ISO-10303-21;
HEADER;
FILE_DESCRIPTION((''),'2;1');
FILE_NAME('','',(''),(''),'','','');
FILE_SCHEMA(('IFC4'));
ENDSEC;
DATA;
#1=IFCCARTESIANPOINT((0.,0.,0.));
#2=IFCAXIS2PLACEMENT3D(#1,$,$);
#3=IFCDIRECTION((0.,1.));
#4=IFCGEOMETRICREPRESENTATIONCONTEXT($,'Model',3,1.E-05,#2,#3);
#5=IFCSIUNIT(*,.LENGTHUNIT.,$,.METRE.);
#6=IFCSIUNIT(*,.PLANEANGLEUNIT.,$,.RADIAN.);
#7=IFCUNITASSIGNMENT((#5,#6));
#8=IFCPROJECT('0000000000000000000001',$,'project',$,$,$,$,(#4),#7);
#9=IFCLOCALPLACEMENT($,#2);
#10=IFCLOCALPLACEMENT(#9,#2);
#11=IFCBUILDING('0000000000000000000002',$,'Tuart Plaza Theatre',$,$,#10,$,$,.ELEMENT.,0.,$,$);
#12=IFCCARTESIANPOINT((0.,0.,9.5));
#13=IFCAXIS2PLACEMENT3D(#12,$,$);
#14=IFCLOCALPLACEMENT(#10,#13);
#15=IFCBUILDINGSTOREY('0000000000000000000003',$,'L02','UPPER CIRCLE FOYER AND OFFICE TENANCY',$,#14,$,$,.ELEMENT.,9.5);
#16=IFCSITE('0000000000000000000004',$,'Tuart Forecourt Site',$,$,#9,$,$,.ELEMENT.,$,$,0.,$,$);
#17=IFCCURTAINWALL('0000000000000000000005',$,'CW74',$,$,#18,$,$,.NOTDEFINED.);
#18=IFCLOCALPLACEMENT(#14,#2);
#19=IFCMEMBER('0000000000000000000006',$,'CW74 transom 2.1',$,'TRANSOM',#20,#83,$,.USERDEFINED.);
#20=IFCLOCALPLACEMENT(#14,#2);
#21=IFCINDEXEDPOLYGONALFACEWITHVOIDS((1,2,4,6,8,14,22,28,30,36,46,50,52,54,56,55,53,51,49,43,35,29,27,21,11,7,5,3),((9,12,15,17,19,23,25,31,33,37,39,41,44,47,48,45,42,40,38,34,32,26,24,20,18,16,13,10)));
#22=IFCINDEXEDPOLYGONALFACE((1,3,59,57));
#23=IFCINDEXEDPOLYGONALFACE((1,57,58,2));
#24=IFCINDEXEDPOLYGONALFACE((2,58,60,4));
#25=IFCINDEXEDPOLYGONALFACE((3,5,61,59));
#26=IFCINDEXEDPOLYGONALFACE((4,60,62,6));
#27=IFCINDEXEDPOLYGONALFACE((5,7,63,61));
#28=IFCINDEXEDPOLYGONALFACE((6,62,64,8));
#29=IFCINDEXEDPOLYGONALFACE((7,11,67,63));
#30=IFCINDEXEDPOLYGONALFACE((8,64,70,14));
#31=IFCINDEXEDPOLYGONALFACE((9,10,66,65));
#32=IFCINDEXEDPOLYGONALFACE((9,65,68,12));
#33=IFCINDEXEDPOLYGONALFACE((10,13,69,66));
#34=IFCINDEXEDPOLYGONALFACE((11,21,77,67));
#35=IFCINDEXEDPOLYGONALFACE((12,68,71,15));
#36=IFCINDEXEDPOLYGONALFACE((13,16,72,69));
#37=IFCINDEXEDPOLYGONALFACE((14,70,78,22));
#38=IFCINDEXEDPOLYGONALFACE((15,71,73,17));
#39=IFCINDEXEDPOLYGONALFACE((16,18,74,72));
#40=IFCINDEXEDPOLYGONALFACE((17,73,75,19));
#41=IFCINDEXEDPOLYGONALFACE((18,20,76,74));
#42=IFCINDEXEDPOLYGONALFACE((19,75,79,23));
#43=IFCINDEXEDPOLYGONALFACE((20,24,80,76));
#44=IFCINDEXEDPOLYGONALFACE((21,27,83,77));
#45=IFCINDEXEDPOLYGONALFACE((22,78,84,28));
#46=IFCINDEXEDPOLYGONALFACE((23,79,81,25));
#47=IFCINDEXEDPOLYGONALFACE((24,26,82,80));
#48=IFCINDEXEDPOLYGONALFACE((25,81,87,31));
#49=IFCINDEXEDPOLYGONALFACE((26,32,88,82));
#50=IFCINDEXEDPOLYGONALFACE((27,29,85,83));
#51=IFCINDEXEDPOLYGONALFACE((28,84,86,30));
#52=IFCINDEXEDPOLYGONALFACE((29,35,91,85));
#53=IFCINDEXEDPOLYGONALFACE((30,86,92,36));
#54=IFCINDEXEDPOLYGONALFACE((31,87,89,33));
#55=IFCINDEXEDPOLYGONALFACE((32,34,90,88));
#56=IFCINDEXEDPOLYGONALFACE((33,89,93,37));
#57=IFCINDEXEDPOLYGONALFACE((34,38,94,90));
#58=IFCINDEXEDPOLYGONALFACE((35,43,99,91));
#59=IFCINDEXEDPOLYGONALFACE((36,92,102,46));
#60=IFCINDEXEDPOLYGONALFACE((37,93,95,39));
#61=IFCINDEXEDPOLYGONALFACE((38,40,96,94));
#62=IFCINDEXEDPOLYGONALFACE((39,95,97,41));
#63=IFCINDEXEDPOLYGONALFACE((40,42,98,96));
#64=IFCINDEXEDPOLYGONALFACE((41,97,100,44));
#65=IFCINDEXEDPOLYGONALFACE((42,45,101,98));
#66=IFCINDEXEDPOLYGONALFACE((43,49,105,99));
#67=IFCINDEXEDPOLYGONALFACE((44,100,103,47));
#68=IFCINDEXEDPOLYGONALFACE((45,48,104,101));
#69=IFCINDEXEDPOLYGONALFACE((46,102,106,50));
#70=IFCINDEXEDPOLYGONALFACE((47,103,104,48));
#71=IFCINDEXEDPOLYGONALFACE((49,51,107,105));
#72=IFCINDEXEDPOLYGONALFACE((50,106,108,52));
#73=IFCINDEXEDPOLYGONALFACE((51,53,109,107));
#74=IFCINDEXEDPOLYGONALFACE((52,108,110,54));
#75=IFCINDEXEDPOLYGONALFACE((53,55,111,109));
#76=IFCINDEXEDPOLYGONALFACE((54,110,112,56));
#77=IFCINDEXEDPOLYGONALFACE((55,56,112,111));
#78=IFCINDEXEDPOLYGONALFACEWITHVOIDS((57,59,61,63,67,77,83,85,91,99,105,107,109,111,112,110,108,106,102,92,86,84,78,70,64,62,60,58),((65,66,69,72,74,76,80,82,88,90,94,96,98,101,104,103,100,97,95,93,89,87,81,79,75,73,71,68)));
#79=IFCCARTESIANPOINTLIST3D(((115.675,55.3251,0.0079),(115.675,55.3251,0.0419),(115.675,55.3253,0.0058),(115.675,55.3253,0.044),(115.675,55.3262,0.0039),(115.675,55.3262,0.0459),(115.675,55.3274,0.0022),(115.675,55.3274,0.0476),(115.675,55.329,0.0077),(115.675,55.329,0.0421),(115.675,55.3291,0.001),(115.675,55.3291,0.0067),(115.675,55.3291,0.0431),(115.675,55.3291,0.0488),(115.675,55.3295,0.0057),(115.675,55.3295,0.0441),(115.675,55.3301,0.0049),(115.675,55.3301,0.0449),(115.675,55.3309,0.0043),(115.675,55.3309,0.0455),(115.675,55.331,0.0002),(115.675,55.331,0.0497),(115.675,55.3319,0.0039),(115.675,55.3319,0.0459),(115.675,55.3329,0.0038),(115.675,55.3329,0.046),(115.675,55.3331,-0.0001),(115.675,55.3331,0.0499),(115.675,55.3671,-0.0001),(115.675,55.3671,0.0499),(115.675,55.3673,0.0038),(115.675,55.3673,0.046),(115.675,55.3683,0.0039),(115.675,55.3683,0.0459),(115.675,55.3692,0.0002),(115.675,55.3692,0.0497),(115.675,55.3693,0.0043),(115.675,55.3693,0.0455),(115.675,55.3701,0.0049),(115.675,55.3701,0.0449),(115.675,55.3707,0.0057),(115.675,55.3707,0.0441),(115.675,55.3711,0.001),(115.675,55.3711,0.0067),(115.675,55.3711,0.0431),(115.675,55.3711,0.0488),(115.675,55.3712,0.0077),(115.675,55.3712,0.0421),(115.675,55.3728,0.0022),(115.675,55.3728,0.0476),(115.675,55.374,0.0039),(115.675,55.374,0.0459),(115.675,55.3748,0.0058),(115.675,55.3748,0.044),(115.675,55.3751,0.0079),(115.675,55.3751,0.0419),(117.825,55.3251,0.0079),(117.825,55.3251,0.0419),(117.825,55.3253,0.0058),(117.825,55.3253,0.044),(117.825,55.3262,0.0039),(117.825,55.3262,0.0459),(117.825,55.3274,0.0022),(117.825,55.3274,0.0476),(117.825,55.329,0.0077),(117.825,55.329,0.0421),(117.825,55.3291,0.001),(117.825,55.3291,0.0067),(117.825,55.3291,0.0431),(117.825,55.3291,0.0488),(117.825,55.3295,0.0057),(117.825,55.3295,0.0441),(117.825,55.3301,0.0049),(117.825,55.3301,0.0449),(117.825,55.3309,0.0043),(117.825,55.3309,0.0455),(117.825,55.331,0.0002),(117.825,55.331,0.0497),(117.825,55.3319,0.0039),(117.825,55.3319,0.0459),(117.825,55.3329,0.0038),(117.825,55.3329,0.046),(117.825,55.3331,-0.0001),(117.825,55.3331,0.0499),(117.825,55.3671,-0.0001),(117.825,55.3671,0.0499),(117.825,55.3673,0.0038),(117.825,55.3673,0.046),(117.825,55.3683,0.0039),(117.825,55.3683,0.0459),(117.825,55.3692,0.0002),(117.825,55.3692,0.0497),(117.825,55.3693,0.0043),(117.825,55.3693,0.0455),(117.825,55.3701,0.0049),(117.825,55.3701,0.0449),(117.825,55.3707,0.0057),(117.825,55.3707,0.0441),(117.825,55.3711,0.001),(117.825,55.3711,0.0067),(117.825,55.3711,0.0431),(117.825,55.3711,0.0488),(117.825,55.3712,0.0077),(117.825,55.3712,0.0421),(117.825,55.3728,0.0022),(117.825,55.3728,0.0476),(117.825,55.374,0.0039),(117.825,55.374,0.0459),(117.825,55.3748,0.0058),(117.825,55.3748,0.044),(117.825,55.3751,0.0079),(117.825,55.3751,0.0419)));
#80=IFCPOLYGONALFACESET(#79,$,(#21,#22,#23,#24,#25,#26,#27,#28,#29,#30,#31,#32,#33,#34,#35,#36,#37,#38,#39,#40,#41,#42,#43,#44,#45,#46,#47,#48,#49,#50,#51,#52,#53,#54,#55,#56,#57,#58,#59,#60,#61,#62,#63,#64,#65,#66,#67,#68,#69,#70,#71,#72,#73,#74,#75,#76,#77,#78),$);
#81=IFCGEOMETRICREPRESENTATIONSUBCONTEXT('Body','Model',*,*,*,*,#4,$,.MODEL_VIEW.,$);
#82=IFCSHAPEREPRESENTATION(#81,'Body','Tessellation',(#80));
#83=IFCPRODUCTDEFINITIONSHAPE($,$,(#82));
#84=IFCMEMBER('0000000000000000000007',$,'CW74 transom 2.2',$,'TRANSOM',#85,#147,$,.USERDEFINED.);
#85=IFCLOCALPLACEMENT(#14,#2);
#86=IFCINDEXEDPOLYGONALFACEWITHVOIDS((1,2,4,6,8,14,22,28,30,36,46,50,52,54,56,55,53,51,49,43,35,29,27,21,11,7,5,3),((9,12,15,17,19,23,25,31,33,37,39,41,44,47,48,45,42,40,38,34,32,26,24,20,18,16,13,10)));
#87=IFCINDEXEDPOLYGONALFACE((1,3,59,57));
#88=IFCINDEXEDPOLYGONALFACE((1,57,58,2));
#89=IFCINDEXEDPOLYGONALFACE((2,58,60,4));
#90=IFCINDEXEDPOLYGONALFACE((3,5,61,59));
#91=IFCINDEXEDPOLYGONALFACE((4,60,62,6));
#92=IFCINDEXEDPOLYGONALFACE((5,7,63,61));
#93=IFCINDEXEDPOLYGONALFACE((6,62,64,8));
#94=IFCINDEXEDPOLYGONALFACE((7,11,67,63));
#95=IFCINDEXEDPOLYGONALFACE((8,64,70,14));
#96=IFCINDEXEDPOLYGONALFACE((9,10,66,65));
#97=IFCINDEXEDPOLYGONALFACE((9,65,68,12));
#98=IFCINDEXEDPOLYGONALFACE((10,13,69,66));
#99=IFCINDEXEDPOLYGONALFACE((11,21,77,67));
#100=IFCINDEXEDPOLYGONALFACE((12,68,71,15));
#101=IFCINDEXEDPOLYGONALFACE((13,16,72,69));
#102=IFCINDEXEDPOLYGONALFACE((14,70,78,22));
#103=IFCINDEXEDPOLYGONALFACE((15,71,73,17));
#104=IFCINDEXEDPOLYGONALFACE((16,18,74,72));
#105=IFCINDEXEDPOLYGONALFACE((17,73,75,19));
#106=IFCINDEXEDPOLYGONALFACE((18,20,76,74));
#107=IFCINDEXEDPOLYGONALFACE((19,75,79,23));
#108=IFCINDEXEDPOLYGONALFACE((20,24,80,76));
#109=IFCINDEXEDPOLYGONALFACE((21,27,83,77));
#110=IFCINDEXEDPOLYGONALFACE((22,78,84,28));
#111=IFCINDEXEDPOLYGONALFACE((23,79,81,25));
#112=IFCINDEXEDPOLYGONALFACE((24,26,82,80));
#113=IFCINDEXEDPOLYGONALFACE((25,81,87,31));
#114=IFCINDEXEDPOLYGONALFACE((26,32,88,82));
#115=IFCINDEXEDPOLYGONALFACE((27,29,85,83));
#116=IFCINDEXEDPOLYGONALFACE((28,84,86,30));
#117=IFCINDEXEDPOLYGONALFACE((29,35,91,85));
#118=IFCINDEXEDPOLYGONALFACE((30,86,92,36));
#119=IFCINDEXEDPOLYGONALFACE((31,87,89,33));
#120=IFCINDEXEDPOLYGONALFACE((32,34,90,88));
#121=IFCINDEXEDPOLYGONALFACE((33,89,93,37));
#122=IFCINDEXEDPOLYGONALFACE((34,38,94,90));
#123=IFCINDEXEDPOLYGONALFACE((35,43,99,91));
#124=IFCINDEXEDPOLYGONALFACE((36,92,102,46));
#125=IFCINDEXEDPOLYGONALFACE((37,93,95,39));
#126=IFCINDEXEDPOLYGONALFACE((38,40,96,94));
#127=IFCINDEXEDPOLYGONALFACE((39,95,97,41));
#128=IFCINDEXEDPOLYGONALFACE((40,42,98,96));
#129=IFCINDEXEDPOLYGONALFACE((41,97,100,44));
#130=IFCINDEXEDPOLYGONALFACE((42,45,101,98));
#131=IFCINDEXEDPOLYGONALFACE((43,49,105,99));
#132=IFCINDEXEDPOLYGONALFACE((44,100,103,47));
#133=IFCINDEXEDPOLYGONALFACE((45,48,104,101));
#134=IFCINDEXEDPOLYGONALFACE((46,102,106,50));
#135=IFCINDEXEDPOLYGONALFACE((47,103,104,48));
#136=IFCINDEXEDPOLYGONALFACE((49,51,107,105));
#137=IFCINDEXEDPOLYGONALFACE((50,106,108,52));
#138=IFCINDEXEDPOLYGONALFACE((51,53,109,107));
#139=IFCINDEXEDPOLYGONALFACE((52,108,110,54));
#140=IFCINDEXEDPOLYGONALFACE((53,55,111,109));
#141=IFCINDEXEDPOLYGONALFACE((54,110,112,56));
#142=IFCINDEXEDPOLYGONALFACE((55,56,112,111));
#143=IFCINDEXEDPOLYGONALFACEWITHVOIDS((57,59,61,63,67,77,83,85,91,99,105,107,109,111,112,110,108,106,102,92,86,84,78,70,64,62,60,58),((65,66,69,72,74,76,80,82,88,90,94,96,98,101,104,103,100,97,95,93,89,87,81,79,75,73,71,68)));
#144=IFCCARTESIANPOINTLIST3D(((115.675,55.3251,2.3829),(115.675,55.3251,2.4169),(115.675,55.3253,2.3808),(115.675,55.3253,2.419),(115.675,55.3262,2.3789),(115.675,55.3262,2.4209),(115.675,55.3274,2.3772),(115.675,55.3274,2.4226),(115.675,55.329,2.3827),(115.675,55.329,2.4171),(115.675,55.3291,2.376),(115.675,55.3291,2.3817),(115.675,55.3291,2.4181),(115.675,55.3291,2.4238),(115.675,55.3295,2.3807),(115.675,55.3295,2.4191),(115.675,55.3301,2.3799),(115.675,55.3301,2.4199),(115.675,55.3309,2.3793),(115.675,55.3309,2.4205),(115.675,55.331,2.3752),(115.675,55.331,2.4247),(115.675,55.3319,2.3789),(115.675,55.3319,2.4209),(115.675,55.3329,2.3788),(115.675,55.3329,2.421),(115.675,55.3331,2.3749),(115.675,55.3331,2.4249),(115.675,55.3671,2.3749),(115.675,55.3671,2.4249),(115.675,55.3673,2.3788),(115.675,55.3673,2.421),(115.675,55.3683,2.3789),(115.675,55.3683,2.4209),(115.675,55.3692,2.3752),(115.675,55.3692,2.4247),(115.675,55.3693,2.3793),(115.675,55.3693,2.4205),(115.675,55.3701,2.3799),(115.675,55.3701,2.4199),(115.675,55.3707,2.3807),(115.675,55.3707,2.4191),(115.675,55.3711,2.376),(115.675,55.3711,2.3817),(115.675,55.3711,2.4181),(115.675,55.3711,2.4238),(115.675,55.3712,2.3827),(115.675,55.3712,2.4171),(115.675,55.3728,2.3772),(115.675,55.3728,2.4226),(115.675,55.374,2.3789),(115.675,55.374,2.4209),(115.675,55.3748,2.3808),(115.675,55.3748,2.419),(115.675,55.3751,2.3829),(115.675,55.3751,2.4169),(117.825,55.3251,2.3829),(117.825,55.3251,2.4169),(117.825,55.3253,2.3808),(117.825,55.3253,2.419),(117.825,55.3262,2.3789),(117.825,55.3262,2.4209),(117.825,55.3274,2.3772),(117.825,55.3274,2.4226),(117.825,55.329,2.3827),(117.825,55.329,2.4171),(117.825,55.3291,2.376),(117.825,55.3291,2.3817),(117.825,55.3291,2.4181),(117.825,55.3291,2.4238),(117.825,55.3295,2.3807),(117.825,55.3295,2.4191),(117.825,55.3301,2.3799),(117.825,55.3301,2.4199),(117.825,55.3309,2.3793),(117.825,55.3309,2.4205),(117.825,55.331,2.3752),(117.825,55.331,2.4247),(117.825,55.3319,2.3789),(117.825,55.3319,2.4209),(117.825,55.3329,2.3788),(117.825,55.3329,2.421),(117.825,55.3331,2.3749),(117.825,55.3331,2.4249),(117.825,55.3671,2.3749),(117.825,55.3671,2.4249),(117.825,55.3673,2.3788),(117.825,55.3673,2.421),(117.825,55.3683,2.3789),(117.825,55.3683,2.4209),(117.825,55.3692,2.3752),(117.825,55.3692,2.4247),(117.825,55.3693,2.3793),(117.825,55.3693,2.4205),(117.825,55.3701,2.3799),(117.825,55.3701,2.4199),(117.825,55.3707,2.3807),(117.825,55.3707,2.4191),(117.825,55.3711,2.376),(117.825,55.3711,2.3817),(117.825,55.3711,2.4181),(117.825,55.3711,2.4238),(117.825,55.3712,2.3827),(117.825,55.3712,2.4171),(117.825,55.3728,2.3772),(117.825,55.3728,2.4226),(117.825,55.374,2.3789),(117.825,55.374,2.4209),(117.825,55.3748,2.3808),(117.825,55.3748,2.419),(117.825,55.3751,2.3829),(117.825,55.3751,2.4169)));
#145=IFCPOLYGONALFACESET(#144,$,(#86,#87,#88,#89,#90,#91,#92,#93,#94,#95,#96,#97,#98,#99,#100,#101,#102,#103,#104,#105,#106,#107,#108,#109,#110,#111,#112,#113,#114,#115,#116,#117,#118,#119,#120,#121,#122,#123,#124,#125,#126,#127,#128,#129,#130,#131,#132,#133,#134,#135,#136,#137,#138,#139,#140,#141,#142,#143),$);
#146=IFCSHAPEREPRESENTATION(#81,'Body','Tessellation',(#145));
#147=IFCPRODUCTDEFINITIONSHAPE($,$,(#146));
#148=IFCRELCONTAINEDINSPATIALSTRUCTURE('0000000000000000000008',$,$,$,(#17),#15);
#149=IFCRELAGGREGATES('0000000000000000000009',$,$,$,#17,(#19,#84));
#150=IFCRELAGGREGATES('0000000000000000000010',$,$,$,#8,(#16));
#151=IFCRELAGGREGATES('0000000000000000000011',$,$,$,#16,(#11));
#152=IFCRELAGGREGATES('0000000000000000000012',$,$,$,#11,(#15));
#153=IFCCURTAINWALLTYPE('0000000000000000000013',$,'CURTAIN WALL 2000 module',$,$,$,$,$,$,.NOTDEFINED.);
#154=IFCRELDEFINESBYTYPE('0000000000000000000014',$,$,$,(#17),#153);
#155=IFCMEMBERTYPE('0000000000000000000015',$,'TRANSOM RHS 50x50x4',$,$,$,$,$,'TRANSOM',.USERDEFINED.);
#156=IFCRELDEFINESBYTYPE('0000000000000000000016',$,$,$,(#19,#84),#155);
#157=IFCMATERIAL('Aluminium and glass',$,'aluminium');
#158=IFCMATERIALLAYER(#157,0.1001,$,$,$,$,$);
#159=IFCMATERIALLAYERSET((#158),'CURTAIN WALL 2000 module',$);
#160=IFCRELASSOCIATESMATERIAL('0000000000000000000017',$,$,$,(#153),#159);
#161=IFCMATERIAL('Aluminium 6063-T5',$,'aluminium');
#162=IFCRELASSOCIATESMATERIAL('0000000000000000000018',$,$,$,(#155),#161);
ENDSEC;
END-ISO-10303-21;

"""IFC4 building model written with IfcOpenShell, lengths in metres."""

from ifc_helpers import new_model, si_unit, direction, frame, origin, origin_2d, place, context, subcontext, project, spatial, hollow_rectangle, extrude, material, layer, layer_set, material_profile, profile_set, type_object, element, aggregate, save


model = new_model("IFC4")

# Units and contexts
model_context = context("Model", 3, precision=1e-05, world=origin(), true_north=direction((0.0, 1.0)))
body_context = subcontext(model_context, "Body", "Model", "MODEL_VIEW")
ifc_project = project(units=[si_unit("LENGTHUNIT", "METRE"), si_unit("PLANEANGLEUNIT", "RADIAN")], contexts=[model_context])

# Site, building, storey
site_placement = place(None, origin())
site = spatial("IfcSite", under=ifc_project, at=site_placement, Name="Tuart Forecourt Site", CompositionType="ELEMENT", RefElevation=0.0)
building_placement = place(site_placement, origin())
building = spatial("IfcBuilding", under=site, at=building_placement, Name="Tuart Plaza Theatre", CompositionType="ELEMENT", ElevationOfRefHeight=0.0)
storey_placement = place(building_placement, frame((0.0, 0.0, 9.5)))
storey = spatial("IfcBuildingStorey", under=building, at=storey_placement, Name="L02", Description="UPPER CIRCLE FOYER AND OFFICE TENANCY", CompositionType="ELEMENT", Elevation=9.5)

# Curtain wall, members
ifc_material_1 = material(Name="Aluminium and glass", Category="aluminium")
ifc_layer_1 = layer(ifc_material_1, 0.1001)
ifc_layer_set_1 = layer_set([ifc_layer_1], Name="CURTAIN WALL 2000 module")
curtain_wall_type = type_object("IfcCurtainWallType", Name="CURTAIN WALL 2000 module", PredefinedType="NOTDEFINED", material=ifc_layer_set_1)
curtain_wall_placement = place(storey_placement, origin())
curtain_wall = element("IfcCurtainWall", 1, at=curtain_wall_placement, inside=storey, type_object=curtain_wall_type, Name="CW74", PredefinedType="NOTDEFINED")
ifc_material_2 = material(Name="Aluminium 6063-T5", Category="aluminium")
ifc_material_profile_1 = material_profile(ifc_material_2, hollow_rectangle(XDim=0.05, YDim=0.05, WallThickness=0.0039, InnerFilletRadius=0.0039, OuterFilletRadius=0.0081, at=origin_2d()), Name="RHS 50x50x4")
ifc_profile_set_1 = profile_set([ifc_material_profile_1], Name="Aluminium 6063-T5")
member_type_1 = type_object("IfcMemberType", Name="TRANSOM RHS 50x50x4", ElementType="TRANSOM", PredefinedType="USERDEFINED", material=ifc_profile_set_1)
member_1_placement = place(storey_placement, frame((115.675, 55.3501, 0.0249), z_axis=(1.0, 0.0, 0.0), x_axis=(0.0, 1.0, 0.0)))
member_1 = element("IfcMember", 2, at=member_1_placement, type_object=member_type_1, Name="CW74 transom 2.1", ObjectType="TRANSOM", PredefinedType="USERDEFINED", context=body_context, shape_type="SweptSolid", body=[
    extrude(hollow_rectangle(XDim=0.05, YDim=0.05, WallThickness=0.0039, InnerFilletRadius=0.0039, OuterFilletRadius=0.0081, at=origin_2d()), origin(), (0.0, 0.0, 1.0), 2.1499),
])
member_2_placement = place(storey_placement, frame((115.675, 55.3501, 2.3999), z_axis=(1.0, 0.0, 0.0), x_axis=(0.0, 1.0, 0.0)))
member_2 = element("IfcMember", 3, at=member_2_placement, type_object=member_type_1, Name="CW74 transom 2.2", ObjectType="TRANSOM", PredefinedType="USERDEFINED", context=body_context, shape_type="SweptSolid", body=[
    extrude(hollow_rectangle(XDim=0.05, YDim=0.05, WallThickness=0.0039, InnerFilletRadius=0.0039, OuterFilletRadius=0.0081, at=origin_2d()), origin(), (0.0, 0.0, 1.0), 2.1499),
])
aggregate(curtain_wall, [member_1, member_2])

save(model, "model.ifc")
